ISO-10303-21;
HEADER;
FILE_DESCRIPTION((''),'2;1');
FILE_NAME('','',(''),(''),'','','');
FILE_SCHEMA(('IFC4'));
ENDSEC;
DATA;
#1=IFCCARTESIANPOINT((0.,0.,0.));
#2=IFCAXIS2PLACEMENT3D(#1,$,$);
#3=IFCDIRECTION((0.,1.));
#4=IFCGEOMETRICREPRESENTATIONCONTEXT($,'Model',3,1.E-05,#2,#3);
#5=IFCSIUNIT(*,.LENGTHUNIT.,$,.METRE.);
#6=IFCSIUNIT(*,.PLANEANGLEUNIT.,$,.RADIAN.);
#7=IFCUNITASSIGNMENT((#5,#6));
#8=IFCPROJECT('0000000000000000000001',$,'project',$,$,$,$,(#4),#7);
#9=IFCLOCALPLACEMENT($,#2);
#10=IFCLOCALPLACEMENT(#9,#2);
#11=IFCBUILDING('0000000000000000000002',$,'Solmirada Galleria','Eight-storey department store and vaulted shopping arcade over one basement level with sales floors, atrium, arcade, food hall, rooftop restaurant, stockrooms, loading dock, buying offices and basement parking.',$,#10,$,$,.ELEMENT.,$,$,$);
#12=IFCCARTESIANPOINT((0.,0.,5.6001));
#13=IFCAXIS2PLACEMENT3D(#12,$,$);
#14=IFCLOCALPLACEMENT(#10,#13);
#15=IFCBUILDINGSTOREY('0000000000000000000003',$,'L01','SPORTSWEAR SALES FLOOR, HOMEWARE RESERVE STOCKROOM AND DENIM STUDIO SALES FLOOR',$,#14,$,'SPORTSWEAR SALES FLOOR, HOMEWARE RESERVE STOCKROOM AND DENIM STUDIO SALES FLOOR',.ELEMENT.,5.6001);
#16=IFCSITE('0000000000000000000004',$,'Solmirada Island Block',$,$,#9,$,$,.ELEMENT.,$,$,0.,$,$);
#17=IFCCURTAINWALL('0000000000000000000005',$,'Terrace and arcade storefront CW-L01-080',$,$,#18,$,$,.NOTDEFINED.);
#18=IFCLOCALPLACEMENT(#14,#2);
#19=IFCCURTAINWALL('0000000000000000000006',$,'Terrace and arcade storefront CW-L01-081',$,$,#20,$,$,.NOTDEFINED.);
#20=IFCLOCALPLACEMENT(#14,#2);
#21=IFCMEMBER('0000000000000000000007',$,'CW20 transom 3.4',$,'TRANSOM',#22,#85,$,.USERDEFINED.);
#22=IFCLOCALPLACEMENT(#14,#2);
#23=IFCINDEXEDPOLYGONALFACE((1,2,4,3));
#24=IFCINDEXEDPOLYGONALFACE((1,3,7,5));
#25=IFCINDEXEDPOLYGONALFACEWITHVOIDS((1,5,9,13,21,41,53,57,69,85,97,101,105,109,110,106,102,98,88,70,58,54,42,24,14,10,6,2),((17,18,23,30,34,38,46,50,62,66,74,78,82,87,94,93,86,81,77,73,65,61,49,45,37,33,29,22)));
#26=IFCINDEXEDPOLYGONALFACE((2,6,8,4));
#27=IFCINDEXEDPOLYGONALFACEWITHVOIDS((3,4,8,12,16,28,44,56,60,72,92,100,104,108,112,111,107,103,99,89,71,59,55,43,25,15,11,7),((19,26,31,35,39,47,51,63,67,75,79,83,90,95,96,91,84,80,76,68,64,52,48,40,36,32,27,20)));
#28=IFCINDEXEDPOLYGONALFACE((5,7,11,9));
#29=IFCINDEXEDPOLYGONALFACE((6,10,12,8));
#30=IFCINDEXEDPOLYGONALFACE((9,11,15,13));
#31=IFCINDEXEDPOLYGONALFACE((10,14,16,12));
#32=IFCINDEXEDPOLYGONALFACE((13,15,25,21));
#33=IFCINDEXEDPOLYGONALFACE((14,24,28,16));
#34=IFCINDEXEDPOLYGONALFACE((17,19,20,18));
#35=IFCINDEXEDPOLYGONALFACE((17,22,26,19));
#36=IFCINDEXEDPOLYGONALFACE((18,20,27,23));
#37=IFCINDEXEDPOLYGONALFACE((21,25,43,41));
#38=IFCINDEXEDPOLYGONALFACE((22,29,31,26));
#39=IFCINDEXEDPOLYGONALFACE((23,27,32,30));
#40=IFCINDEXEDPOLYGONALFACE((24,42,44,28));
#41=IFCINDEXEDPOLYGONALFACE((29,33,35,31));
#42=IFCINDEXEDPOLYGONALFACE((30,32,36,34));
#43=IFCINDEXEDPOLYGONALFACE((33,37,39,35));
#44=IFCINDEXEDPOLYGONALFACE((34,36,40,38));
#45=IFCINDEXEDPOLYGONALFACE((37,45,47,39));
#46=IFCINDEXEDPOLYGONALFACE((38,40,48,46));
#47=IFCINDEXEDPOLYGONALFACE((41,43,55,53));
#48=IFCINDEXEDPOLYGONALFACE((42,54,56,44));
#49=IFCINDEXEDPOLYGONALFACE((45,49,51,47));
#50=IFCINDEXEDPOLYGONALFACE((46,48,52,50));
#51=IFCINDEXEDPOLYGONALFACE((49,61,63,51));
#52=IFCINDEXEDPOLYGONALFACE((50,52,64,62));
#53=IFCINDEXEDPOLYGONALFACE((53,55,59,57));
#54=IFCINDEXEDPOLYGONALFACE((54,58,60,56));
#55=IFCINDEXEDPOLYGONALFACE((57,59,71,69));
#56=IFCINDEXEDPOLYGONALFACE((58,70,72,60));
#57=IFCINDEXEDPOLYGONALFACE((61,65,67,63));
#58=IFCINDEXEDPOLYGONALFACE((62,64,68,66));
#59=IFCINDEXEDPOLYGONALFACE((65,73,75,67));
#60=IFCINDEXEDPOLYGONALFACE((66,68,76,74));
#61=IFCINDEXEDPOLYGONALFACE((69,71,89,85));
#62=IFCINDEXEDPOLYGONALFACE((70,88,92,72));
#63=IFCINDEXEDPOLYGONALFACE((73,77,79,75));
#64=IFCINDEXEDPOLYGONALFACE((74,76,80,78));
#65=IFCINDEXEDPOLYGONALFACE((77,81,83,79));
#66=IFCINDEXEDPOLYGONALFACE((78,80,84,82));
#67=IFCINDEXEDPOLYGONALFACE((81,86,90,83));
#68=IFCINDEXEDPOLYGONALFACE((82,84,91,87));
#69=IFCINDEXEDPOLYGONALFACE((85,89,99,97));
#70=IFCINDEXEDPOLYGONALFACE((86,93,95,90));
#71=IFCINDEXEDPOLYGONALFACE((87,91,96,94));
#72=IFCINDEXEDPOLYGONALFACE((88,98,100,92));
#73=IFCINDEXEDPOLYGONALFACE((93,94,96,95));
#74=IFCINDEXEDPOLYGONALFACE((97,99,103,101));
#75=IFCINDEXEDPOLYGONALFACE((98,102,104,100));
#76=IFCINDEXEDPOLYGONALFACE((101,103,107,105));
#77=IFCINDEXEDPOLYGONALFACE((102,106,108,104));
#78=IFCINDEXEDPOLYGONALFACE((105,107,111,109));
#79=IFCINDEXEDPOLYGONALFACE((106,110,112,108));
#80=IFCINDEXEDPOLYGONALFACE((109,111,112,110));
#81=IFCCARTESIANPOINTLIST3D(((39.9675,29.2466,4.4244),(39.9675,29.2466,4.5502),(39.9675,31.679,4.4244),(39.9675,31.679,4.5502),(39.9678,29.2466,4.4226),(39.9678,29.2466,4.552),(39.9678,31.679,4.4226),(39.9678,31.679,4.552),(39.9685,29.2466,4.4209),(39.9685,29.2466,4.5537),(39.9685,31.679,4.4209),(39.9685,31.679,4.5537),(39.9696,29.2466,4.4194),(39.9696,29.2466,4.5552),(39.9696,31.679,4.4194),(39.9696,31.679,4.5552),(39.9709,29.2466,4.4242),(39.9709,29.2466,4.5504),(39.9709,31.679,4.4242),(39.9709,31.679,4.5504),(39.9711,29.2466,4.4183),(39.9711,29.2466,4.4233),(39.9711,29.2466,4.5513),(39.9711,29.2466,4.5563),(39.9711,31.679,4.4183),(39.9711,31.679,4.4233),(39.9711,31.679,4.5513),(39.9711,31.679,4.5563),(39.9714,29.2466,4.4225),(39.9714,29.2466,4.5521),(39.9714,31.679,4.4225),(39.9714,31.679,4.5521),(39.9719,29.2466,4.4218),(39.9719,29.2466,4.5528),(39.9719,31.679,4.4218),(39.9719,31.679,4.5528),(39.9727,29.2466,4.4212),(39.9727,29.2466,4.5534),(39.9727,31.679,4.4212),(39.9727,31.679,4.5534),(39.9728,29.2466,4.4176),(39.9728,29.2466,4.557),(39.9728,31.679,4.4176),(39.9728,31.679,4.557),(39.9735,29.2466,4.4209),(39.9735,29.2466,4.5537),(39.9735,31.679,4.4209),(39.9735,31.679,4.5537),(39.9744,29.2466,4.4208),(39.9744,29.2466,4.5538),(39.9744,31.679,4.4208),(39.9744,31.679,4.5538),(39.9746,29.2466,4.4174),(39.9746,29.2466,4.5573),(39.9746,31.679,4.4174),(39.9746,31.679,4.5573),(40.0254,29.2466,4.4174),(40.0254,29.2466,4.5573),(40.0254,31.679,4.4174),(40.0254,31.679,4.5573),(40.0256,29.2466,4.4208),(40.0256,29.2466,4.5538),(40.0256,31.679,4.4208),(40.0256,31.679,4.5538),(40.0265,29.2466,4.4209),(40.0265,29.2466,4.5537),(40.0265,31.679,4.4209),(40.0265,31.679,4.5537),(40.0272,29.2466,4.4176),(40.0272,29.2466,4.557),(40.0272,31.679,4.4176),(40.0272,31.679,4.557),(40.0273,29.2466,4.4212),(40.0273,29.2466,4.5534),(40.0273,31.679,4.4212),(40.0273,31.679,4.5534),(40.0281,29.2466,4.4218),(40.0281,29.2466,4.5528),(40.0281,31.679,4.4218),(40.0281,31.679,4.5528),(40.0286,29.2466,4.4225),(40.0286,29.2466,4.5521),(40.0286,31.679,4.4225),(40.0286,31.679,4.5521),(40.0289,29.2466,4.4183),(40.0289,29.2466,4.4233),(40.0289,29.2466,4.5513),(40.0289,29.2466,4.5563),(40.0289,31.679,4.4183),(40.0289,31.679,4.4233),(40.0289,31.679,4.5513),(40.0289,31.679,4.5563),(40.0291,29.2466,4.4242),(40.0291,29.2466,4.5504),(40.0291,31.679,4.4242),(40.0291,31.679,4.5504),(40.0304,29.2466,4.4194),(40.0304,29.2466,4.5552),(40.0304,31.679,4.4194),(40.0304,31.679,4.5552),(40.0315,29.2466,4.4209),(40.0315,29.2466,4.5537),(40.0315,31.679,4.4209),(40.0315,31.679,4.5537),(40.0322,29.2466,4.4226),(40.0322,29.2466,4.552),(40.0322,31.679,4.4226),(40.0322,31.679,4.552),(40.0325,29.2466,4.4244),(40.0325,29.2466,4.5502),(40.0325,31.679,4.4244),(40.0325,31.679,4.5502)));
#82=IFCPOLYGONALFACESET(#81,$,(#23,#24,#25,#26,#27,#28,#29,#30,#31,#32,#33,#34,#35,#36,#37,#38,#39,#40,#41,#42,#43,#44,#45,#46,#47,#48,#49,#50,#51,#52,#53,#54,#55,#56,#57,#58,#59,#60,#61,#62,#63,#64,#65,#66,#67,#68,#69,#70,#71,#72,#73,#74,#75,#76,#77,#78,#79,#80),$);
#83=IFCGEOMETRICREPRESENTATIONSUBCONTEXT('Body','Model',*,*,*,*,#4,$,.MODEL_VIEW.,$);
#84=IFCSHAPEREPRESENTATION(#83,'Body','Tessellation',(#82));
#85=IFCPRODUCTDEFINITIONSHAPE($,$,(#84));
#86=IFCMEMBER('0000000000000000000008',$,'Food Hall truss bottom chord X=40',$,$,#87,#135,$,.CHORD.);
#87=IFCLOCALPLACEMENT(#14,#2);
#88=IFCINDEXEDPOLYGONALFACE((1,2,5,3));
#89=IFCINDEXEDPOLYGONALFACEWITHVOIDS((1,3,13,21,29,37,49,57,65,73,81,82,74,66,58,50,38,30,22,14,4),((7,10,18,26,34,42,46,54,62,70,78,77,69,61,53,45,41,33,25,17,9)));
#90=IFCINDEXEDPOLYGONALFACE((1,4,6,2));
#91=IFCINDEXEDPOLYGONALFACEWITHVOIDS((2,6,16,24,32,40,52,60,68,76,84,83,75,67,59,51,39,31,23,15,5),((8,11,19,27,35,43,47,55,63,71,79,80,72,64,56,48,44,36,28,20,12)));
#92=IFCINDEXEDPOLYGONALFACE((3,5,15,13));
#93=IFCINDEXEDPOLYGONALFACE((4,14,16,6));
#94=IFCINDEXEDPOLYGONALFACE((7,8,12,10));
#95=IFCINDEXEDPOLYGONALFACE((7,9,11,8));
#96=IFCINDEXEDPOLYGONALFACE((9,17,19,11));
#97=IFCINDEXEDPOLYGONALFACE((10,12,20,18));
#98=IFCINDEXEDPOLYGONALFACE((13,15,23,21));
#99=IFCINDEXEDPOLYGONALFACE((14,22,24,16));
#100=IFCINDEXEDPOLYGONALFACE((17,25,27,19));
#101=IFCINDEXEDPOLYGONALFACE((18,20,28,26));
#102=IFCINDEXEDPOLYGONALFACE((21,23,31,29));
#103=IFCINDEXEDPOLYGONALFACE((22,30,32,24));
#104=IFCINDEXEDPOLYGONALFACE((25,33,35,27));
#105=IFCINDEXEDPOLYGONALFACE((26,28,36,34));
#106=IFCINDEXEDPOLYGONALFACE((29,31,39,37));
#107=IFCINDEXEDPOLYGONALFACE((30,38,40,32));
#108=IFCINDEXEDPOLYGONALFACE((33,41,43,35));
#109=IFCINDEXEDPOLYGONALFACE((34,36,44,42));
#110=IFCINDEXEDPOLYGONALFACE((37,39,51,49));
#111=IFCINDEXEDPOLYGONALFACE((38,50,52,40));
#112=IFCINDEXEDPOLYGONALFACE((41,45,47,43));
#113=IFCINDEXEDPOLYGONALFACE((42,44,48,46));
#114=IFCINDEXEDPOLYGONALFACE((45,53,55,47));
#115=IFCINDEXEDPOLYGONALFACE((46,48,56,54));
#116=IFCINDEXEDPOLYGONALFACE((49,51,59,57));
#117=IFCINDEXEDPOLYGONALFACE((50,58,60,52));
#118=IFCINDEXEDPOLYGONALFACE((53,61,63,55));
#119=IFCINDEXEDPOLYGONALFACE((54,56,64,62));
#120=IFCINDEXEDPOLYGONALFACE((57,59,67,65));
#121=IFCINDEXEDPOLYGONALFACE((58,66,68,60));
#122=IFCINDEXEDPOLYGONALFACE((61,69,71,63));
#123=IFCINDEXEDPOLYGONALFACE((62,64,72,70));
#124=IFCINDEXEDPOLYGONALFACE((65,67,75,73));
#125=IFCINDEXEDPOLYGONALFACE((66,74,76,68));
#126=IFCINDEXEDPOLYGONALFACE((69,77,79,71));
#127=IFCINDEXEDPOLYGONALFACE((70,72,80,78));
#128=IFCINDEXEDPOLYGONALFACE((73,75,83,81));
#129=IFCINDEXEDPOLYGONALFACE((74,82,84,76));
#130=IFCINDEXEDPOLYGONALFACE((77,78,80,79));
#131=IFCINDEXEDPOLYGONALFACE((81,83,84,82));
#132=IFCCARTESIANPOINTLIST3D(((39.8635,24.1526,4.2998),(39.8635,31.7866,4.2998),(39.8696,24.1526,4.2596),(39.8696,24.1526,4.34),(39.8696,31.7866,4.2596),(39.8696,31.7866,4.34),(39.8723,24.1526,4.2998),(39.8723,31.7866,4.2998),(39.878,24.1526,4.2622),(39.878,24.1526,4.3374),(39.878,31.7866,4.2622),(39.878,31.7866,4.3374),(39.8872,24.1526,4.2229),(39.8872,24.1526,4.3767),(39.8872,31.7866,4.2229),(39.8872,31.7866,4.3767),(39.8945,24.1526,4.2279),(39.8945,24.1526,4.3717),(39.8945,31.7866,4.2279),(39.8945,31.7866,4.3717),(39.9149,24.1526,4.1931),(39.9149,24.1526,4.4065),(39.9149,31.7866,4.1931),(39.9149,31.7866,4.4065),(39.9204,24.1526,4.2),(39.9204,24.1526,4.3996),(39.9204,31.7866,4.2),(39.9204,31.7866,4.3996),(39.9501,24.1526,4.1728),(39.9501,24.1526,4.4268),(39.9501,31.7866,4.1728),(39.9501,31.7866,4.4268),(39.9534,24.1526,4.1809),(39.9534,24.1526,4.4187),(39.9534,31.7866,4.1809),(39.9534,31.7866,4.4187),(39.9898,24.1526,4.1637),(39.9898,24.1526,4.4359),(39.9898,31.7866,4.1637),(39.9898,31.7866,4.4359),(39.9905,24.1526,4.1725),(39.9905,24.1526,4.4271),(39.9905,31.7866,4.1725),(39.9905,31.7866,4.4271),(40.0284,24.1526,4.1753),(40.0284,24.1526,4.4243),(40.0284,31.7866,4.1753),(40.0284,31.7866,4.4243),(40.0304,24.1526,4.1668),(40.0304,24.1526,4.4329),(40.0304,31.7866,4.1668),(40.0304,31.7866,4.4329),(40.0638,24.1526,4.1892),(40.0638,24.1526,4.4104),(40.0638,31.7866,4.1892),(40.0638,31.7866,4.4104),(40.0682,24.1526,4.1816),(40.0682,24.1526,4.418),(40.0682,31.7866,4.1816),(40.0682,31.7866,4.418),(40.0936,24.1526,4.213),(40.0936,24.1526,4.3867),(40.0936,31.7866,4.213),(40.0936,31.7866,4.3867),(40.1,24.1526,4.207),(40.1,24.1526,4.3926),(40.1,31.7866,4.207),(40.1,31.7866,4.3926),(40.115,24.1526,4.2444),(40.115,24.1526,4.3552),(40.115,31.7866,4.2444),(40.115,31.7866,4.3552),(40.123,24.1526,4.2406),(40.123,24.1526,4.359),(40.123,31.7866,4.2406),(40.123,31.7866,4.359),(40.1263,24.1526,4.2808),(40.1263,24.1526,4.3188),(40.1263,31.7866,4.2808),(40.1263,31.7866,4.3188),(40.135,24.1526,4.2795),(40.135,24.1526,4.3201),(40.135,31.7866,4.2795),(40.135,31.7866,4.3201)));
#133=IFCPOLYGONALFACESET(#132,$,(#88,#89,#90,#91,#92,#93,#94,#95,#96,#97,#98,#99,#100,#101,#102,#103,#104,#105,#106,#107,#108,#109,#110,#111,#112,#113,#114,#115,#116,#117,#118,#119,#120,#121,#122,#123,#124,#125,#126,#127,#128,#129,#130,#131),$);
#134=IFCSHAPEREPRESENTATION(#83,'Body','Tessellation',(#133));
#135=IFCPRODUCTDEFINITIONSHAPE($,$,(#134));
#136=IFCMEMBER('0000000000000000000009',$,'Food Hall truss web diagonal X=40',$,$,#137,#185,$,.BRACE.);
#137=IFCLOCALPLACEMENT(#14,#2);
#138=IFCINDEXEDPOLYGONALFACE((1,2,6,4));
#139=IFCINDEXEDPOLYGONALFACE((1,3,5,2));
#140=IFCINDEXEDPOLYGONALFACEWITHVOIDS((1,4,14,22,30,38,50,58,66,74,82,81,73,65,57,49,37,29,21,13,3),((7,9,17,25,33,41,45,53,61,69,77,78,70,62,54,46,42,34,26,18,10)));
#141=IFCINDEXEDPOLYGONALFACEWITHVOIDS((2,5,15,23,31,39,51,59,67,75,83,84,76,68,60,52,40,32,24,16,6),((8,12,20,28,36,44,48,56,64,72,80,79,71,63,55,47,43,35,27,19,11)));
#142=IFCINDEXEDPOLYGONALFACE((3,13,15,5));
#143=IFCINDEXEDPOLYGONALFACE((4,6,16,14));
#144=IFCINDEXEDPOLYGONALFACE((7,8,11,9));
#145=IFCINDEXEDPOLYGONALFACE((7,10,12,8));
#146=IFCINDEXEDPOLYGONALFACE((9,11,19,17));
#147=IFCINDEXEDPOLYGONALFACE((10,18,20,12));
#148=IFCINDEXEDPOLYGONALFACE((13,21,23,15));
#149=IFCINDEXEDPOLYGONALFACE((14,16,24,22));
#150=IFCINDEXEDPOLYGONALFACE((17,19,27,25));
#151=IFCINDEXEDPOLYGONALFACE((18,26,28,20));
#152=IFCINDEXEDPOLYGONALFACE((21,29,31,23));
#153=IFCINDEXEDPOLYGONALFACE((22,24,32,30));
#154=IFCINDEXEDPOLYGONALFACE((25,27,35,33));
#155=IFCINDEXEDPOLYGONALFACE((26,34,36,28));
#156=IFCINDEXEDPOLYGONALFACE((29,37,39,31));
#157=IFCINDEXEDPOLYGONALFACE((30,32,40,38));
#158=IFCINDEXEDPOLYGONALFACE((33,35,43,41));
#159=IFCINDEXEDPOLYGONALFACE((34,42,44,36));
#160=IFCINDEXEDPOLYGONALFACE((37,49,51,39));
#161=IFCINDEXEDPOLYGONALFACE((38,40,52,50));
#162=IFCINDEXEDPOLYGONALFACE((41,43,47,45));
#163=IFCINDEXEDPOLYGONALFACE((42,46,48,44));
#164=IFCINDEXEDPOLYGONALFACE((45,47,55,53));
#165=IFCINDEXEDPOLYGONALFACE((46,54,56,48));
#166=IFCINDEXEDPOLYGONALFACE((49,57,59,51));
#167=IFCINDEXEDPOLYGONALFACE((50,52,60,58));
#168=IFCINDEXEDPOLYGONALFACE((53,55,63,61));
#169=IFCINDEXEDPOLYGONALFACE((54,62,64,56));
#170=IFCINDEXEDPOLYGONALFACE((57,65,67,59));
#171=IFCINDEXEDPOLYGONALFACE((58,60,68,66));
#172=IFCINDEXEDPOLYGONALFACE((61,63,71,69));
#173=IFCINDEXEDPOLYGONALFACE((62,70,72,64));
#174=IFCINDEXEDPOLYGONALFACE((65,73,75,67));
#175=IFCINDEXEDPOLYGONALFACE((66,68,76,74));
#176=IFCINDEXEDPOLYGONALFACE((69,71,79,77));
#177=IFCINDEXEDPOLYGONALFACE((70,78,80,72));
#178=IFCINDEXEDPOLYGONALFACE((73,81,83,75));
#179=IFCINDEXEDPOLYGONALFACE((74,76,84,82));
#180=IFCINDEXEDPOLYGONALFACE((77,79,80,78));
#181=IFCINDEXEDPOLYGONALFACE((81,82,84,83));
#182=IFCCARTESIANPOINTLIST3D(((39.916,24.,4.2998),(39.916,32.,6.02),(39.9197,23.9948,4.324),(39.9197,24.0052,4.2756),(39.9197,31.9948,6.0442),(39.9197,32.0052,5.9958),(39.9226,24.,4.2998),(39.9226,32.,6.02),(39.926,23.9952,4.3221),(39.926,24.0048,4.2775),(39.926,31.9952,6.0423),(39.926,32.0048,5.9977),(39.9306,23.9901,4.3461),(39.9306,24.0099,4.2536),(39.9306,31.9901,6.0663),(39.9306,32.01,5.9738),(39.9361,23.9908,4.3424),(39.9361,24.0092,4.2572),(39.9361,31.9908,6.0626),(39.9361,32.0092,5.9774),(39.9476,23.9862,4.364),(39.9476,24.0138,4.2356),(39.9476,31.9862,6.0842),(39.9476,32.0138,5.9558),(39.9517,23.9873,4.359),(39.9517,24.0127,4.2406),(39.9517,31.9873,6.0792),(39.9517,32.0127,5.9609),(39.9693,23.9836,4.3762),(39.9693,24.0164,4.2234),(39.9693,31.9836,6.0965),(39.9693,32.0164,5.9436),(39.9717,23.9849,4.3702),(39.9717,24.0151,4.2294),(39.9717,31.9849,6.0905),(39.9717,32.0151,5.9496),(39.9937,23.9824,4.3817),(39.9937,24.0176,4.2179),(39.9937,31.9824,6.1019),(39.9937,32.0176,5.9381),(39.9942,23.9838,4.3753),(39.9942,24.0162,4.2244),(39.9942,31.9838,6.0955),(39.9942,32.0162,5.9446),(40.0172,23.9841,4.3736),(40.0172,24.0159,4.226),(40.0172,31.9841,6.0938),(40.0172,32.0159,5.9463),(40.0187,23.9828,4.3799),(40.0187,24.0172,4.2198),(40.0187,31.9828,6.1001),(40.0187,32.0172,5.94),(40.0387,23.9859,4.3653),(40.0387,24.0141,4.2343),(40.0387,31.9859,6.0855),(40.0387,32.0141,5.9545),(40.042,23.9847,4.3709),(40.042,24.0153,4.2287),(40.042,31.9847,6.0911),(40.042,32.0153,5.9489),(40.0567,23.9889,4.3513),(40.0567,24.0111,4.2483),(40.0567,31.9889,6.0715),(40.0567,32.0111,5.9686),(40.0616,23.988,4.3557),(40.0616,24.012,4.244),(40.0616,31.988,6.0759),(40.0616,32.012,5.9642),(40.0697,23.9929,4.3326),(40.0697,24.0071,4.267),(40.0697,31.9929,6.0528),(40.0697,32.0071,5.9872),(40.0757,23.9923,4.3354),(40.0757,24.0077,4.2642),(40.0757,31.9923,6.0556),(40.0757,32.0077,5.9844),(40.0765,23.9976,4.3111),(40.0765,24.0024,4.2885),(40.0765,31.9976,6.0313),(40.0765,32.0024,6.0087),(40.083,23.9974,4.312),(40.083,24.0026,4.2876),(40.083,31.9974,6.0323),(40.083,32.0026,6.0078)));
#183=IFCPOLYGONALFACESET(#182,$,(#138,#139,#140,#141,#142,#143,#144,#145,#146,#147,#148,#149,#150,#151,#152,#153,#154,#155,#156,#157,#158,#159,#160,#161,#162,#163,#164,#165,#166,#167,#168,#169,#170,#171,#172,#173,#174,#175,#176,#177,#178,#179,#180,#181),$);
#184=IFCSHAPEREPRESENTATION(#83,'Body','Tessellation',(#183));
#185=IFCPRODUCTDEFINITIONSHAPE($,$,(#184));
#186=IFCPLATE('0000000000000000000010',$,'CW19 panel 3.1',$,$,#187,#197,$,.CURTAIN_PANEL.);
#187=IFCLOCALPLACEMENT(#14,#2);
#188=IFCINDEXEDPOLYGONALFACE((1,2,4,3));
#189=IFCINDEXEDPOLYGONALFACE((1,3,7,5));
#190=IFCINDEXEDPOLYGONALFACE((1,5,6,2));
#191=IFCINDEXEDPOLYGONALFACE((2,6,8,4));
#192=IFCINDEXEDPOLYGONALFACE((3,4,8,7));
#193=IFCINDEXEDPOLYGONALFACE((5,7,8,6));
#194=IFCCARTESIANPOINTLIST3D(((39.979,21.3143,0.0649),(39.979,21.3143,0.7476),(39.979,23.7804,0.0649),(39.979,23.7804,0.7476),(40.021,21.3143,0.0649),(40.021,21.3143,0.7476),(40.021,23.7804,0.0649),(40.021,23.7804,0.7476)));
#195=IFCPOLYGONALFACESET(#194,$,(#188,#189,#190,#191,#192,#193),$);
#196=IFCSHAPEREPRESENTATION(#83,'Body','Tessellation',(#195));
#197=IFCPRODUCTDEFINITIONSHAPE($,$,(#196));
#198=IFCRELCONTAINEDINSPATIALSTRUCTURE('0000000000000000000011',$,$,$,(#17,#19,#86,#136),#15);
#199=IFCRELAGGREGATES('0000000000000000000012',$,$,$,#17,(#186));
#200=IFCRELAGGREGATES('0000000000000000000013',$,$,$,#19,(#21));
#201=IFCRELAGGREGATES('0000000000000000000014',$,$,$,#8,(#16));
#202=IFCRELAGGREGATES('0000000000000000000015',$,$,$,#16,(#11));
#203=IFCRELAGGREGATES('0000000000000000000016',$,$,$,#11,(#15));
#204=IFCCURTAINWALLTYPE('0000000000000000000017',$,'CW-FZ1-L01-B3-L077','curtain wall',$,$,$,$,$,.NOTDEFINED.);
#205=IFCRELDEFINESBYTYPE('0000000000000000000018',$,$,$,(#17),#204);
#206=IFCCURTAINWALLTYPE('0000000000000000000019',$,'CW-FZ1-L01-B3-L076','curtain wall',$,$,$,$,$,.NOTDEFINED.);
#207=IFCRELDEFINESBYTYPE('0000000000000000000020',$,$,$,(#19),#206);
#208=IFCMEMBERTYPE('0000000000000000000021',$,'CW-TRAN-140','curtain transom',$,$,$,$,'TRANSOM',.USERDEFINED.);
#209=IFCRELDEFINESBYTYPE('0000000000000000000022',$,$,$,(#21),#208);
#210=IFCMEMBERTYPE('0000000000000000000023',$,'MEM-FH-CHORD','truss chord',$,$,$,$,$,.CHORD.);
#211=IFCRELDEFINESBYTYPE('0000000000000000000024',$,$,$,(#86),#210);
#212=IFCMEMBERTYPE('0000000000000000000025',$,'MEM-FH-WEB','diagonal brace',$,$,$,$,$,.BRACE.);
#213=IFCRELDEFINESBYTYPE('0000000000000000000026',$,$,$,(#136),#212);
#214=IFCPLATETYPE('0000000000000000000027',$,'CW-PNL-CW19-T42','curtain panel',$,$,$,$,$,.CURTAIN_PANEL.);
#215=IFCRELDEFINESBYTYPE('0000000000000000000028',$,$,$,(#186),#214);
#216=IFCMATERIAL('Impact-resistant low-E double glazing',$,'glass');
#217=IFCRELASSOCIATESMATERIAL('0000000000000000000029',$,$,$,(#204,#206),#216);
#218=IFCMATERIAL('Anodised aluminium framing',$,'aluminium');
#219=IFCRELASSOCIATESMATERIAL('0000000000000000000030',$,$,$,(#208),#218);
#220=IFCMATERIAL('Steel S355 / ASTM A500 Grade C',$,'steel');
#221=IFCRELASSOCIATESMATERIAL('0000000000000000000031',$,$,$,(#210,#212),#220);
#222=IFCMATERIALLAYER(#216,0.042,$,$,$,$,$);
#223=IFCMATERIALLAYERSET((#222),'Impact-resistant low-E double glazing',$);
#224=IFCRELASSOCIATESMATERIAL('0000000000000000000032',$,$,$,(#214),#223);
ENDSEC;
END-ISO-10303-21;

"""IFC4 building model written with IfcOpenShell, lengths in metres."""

from ifc_helpers import new_model, si_unit, direction, frame, origin, origin_2d, place, context, subcontext, project, spatial, rectangle, hollow_rectangle, hollow_circle, extrude, material, layer, layer_set, material_profile, profile_set, type_object, element, aggregate, save


model = new_model("IFC4")

# Units and contexts
model_context = context("Model", 3, precision=1e-05, world=origin(), true_north=direction((0.0, 1.0)))
body_context = subcontext(model_context, "Body", "Model", "MODEL_VIEW")
ifc_project = project(units=[si_unit("LENGTHUNIT", "METRE"), si_unit("PLANEANGLEUNIT", "RADIAN")], contexts=[model_context])

# Site, building, storey
site_placement = place(None, origin())
site = spatial("IfcSite", under=ifc_project, at=site_placement, Name="Solmirada Island Block", CompositionType="ELEMENT", RefElevation=0.0)
building_placement = place(site_placement, origin())
building = spatial("IfcBuilding", under=site, at=building_placement, Name="Solmirada Galleria", Description="Eight-storey department store and vaulted shopping arcade over one basement level with sales floors, atrium, arcade, food hall, rooftop restaurant, stockrooms, loading dock, buying offices and basement parking.", CompositionType="ELEMENT")
storey_placement = place(building_placement, frame((0.0, 0.0, 5.6001)))
storey = spatial("IfcBuildingStorey", under=building, at=storey_placement, Name="L01", Description="SPORTSWEAR SALES FLOOR, HOMEWARE RESERVE STOCKROOM AND DENIM STUDIO SALES FLOOR", LongName="SPORTSWEAR SALES FLOOR, HOMEWARE RESERVE STOCKROOM AND DENIM STUDIO SALES FLOOR", CompositionType="ELEMENT", Elevation=5.6001)

# Shared definitions
ifc_material_1 = material(Name="Steel S355 / ASTM A500 Grade C", Category="steel")

# Curtain wall
ifc_material_2 = material(Name="Impact-resistant low-E double glazing", Category="glass")
curtain_wall_type_1 = type_object("IfcCurtainWallType", Name="CW-FZ1-L01-B3-L077", Description="curtain wall", PredefinedType="NOTDEFINED", material=ifc_material_2)
curtain_wall_1_placement = place(storey_placement, origin())
curtain_wall_1 = element("IfcCurtainWall", 1, at=curtain_wall_1_placement, inside=storey, type_object=curtain_wall_type_1, Name="Terrace and arcade storefront CW-L01-080", PredefinedType="NOTDEFINED")
ifc_material_3 = material(Name="Anodised aluminium framing", Category="aluminium")

# Curtain wall
curtain_wall_type_2 = type_object("IfcCurtainWallType", Name="CW-FZ1-L01-B3-L076", Description="curtain wall", PredefinedType="NOTDEFINED", material=ifc_material_2)
curtain_wall_2_placement = place(storey_placement, origin())
curtain_wall_2 = element("IfcCurtainWall", 2, at=curtain_wall_2_placement, inside=storey, type_object=curtain_wall_type_2, Name="Terrace and arcade storefront CW-L01-081", PredefinedType="NOTDEFINED")

# Member
ifc_material_profile_1 = material_profile(ifc_material_3, hollow_rectangle(XDim=0.0649, YDim=0.1399, WallThickness=0.0034, InnerFilletRadius=0.0034, OuterFilletRadius=0.0071, at=origin_2d()), Name="ALU-TRAN-140X65")
ifc_profile_set_1 = profile_set([ifc_material_profile_1], Name="Anodised aluminium framing")
member_type_1 = type_object("IfcMemberType", Name="CW-TRAN-140", Description="curtain transom", ElementType="TRANSOM", PredefinedType="USERDEFINED", material=ifc_profile_set_1)
member_1_placement = place(storey_placement, frame((40.0, 29.2466, 4.4873), z_axis=(0.0, 1.0, 0.0), x_axis=(-1.0, 0.0, 0.0)))
member_1 = element("IfcMember", 3, at=member_1_placement, type_object=member_type_1, Name="CW20 transom 3.4", ObjectType="TRANSOM", PredefinedType="USERDEFINED", context=body_context, shape_type="SweptSolid", body=[
    extrude(hollow_rectangle(XDim=0.0649, YDim=0.1399, WallThickness=0.0034, InnerFilletRadius=0.0034, OuterFilletRadius=0.0071, at=origin_2d()), origin(), (0.0, 0.0, 1.0), 2.4324),
])

# Members
ifc_material_profile_2 = material_profile(ifc_material_1, hollow_circle(Radius=0.1365, WallThickness=0.0088, at=origin_2d()), Name="HSS10.750X0.375")
ifc_profile_set_2 = profile_set([ifc_material_profile_2], Name="Steel S355 / ASTM A500 Grade C")
member_type_2 = type_object("IfcMemberType", Name="MEM-FH-CHORD", Description="truss chord", PredefinedType="CHORD", material=ifc_profile_set_2)
member_2_placement = place(storey_placement, frame((40.0, 24.1526, 4.2998), z_axis=(0.0, 1.0, 0.0), x_axis=(-1.0, 0.0, 0.0)))
element("IfcMember", 4, at=member_2_placement, inside=storey, type_object=member_type_2, Name="Food Hall truss bottom chord X=40", PredefinedType="CHORD", context=body_context, shape_type="SweptSolid", body=[
    extrude(hollow_circle(Radius=0.1365, WallThickness=0.0088, at=origin_2d()), origin(), (0.0, 0.0, 1.0), 7.634),
])
ifc_material_profile_3 = material_profile(ifc_material_1, hollow_circle(Radius=0.084, WallThickness=0.0066, at=origin_2d()), Name="HSS6.625X0.280")
ifc_profile_set_3 = profile_set([ifc_material_profile_3], Name="Steel S355 / ASTM A500 Grade C")
member_type_3 = type_object("IfcMemberType", Name="MEM-FH-WEB", Description="diagonal brace", PredefinedType="BRACE", material=ifc_profile_set_3)
member_3_placement = place(storey_placement, frame((40.0, 24.0, 4.2998), z_axis=(0.0, 0.977654, 0.210222), x_axis=(-1.0, 0.0, 0.0)))
element("IfcMember", 5, at=member_3_placement, inside=storey, type_object=member_type_3, Name="Food Hall truss web diagonal X=40", PredefinedType="BRACE", context=body_context, shape_type="SweptSolid", body=[
    extrude(hollow_circle(Radius=0.084, WallThickness=0.0066, at=origin_2d()), origin(), (0.0, 0.0, 1.0), 8.1829),
])

# Plate
ifc_layer_1 = layer(ifc_material_2, 0.042)
ifc_layer_set_1 = layer_set([ifc_layer_1], Name="Impact-resistant low-E double glazing")
plate_type_1 = type_object("IfcPlateType", Name="CW-PNL-CW19-T42", Description="curtain panel", PredefinedType="CURTAIN_PANEL", material=ifc_layer_set_1)
plate_1_placement = place(storey_placement, frame((40.0, 22.5474, 0.0649), z_axis=(0.0, 0.0, 1.0), x_axis=(0.0, 1.0, 0.0)))
plate_1 = element("IfcPlate", 6, at=plate_1_placement, type_object=plate_type_1, Name="CW19 panel 3.1", PredefinedType="CURTAIN_PANEL", context=body_context, shape_type="SweptSolid", body=[
    extrude(rectangle(XDim=2.4661, YDim=0.042, at=origin_2d()), origin(), (0.0, 0.0, 1.0), 0.6826),
])
aggregate(curtain_wall_1, [plate_1])
aggregate(curtain_wall_2, [member_1])

save(model, "model.ifc")
